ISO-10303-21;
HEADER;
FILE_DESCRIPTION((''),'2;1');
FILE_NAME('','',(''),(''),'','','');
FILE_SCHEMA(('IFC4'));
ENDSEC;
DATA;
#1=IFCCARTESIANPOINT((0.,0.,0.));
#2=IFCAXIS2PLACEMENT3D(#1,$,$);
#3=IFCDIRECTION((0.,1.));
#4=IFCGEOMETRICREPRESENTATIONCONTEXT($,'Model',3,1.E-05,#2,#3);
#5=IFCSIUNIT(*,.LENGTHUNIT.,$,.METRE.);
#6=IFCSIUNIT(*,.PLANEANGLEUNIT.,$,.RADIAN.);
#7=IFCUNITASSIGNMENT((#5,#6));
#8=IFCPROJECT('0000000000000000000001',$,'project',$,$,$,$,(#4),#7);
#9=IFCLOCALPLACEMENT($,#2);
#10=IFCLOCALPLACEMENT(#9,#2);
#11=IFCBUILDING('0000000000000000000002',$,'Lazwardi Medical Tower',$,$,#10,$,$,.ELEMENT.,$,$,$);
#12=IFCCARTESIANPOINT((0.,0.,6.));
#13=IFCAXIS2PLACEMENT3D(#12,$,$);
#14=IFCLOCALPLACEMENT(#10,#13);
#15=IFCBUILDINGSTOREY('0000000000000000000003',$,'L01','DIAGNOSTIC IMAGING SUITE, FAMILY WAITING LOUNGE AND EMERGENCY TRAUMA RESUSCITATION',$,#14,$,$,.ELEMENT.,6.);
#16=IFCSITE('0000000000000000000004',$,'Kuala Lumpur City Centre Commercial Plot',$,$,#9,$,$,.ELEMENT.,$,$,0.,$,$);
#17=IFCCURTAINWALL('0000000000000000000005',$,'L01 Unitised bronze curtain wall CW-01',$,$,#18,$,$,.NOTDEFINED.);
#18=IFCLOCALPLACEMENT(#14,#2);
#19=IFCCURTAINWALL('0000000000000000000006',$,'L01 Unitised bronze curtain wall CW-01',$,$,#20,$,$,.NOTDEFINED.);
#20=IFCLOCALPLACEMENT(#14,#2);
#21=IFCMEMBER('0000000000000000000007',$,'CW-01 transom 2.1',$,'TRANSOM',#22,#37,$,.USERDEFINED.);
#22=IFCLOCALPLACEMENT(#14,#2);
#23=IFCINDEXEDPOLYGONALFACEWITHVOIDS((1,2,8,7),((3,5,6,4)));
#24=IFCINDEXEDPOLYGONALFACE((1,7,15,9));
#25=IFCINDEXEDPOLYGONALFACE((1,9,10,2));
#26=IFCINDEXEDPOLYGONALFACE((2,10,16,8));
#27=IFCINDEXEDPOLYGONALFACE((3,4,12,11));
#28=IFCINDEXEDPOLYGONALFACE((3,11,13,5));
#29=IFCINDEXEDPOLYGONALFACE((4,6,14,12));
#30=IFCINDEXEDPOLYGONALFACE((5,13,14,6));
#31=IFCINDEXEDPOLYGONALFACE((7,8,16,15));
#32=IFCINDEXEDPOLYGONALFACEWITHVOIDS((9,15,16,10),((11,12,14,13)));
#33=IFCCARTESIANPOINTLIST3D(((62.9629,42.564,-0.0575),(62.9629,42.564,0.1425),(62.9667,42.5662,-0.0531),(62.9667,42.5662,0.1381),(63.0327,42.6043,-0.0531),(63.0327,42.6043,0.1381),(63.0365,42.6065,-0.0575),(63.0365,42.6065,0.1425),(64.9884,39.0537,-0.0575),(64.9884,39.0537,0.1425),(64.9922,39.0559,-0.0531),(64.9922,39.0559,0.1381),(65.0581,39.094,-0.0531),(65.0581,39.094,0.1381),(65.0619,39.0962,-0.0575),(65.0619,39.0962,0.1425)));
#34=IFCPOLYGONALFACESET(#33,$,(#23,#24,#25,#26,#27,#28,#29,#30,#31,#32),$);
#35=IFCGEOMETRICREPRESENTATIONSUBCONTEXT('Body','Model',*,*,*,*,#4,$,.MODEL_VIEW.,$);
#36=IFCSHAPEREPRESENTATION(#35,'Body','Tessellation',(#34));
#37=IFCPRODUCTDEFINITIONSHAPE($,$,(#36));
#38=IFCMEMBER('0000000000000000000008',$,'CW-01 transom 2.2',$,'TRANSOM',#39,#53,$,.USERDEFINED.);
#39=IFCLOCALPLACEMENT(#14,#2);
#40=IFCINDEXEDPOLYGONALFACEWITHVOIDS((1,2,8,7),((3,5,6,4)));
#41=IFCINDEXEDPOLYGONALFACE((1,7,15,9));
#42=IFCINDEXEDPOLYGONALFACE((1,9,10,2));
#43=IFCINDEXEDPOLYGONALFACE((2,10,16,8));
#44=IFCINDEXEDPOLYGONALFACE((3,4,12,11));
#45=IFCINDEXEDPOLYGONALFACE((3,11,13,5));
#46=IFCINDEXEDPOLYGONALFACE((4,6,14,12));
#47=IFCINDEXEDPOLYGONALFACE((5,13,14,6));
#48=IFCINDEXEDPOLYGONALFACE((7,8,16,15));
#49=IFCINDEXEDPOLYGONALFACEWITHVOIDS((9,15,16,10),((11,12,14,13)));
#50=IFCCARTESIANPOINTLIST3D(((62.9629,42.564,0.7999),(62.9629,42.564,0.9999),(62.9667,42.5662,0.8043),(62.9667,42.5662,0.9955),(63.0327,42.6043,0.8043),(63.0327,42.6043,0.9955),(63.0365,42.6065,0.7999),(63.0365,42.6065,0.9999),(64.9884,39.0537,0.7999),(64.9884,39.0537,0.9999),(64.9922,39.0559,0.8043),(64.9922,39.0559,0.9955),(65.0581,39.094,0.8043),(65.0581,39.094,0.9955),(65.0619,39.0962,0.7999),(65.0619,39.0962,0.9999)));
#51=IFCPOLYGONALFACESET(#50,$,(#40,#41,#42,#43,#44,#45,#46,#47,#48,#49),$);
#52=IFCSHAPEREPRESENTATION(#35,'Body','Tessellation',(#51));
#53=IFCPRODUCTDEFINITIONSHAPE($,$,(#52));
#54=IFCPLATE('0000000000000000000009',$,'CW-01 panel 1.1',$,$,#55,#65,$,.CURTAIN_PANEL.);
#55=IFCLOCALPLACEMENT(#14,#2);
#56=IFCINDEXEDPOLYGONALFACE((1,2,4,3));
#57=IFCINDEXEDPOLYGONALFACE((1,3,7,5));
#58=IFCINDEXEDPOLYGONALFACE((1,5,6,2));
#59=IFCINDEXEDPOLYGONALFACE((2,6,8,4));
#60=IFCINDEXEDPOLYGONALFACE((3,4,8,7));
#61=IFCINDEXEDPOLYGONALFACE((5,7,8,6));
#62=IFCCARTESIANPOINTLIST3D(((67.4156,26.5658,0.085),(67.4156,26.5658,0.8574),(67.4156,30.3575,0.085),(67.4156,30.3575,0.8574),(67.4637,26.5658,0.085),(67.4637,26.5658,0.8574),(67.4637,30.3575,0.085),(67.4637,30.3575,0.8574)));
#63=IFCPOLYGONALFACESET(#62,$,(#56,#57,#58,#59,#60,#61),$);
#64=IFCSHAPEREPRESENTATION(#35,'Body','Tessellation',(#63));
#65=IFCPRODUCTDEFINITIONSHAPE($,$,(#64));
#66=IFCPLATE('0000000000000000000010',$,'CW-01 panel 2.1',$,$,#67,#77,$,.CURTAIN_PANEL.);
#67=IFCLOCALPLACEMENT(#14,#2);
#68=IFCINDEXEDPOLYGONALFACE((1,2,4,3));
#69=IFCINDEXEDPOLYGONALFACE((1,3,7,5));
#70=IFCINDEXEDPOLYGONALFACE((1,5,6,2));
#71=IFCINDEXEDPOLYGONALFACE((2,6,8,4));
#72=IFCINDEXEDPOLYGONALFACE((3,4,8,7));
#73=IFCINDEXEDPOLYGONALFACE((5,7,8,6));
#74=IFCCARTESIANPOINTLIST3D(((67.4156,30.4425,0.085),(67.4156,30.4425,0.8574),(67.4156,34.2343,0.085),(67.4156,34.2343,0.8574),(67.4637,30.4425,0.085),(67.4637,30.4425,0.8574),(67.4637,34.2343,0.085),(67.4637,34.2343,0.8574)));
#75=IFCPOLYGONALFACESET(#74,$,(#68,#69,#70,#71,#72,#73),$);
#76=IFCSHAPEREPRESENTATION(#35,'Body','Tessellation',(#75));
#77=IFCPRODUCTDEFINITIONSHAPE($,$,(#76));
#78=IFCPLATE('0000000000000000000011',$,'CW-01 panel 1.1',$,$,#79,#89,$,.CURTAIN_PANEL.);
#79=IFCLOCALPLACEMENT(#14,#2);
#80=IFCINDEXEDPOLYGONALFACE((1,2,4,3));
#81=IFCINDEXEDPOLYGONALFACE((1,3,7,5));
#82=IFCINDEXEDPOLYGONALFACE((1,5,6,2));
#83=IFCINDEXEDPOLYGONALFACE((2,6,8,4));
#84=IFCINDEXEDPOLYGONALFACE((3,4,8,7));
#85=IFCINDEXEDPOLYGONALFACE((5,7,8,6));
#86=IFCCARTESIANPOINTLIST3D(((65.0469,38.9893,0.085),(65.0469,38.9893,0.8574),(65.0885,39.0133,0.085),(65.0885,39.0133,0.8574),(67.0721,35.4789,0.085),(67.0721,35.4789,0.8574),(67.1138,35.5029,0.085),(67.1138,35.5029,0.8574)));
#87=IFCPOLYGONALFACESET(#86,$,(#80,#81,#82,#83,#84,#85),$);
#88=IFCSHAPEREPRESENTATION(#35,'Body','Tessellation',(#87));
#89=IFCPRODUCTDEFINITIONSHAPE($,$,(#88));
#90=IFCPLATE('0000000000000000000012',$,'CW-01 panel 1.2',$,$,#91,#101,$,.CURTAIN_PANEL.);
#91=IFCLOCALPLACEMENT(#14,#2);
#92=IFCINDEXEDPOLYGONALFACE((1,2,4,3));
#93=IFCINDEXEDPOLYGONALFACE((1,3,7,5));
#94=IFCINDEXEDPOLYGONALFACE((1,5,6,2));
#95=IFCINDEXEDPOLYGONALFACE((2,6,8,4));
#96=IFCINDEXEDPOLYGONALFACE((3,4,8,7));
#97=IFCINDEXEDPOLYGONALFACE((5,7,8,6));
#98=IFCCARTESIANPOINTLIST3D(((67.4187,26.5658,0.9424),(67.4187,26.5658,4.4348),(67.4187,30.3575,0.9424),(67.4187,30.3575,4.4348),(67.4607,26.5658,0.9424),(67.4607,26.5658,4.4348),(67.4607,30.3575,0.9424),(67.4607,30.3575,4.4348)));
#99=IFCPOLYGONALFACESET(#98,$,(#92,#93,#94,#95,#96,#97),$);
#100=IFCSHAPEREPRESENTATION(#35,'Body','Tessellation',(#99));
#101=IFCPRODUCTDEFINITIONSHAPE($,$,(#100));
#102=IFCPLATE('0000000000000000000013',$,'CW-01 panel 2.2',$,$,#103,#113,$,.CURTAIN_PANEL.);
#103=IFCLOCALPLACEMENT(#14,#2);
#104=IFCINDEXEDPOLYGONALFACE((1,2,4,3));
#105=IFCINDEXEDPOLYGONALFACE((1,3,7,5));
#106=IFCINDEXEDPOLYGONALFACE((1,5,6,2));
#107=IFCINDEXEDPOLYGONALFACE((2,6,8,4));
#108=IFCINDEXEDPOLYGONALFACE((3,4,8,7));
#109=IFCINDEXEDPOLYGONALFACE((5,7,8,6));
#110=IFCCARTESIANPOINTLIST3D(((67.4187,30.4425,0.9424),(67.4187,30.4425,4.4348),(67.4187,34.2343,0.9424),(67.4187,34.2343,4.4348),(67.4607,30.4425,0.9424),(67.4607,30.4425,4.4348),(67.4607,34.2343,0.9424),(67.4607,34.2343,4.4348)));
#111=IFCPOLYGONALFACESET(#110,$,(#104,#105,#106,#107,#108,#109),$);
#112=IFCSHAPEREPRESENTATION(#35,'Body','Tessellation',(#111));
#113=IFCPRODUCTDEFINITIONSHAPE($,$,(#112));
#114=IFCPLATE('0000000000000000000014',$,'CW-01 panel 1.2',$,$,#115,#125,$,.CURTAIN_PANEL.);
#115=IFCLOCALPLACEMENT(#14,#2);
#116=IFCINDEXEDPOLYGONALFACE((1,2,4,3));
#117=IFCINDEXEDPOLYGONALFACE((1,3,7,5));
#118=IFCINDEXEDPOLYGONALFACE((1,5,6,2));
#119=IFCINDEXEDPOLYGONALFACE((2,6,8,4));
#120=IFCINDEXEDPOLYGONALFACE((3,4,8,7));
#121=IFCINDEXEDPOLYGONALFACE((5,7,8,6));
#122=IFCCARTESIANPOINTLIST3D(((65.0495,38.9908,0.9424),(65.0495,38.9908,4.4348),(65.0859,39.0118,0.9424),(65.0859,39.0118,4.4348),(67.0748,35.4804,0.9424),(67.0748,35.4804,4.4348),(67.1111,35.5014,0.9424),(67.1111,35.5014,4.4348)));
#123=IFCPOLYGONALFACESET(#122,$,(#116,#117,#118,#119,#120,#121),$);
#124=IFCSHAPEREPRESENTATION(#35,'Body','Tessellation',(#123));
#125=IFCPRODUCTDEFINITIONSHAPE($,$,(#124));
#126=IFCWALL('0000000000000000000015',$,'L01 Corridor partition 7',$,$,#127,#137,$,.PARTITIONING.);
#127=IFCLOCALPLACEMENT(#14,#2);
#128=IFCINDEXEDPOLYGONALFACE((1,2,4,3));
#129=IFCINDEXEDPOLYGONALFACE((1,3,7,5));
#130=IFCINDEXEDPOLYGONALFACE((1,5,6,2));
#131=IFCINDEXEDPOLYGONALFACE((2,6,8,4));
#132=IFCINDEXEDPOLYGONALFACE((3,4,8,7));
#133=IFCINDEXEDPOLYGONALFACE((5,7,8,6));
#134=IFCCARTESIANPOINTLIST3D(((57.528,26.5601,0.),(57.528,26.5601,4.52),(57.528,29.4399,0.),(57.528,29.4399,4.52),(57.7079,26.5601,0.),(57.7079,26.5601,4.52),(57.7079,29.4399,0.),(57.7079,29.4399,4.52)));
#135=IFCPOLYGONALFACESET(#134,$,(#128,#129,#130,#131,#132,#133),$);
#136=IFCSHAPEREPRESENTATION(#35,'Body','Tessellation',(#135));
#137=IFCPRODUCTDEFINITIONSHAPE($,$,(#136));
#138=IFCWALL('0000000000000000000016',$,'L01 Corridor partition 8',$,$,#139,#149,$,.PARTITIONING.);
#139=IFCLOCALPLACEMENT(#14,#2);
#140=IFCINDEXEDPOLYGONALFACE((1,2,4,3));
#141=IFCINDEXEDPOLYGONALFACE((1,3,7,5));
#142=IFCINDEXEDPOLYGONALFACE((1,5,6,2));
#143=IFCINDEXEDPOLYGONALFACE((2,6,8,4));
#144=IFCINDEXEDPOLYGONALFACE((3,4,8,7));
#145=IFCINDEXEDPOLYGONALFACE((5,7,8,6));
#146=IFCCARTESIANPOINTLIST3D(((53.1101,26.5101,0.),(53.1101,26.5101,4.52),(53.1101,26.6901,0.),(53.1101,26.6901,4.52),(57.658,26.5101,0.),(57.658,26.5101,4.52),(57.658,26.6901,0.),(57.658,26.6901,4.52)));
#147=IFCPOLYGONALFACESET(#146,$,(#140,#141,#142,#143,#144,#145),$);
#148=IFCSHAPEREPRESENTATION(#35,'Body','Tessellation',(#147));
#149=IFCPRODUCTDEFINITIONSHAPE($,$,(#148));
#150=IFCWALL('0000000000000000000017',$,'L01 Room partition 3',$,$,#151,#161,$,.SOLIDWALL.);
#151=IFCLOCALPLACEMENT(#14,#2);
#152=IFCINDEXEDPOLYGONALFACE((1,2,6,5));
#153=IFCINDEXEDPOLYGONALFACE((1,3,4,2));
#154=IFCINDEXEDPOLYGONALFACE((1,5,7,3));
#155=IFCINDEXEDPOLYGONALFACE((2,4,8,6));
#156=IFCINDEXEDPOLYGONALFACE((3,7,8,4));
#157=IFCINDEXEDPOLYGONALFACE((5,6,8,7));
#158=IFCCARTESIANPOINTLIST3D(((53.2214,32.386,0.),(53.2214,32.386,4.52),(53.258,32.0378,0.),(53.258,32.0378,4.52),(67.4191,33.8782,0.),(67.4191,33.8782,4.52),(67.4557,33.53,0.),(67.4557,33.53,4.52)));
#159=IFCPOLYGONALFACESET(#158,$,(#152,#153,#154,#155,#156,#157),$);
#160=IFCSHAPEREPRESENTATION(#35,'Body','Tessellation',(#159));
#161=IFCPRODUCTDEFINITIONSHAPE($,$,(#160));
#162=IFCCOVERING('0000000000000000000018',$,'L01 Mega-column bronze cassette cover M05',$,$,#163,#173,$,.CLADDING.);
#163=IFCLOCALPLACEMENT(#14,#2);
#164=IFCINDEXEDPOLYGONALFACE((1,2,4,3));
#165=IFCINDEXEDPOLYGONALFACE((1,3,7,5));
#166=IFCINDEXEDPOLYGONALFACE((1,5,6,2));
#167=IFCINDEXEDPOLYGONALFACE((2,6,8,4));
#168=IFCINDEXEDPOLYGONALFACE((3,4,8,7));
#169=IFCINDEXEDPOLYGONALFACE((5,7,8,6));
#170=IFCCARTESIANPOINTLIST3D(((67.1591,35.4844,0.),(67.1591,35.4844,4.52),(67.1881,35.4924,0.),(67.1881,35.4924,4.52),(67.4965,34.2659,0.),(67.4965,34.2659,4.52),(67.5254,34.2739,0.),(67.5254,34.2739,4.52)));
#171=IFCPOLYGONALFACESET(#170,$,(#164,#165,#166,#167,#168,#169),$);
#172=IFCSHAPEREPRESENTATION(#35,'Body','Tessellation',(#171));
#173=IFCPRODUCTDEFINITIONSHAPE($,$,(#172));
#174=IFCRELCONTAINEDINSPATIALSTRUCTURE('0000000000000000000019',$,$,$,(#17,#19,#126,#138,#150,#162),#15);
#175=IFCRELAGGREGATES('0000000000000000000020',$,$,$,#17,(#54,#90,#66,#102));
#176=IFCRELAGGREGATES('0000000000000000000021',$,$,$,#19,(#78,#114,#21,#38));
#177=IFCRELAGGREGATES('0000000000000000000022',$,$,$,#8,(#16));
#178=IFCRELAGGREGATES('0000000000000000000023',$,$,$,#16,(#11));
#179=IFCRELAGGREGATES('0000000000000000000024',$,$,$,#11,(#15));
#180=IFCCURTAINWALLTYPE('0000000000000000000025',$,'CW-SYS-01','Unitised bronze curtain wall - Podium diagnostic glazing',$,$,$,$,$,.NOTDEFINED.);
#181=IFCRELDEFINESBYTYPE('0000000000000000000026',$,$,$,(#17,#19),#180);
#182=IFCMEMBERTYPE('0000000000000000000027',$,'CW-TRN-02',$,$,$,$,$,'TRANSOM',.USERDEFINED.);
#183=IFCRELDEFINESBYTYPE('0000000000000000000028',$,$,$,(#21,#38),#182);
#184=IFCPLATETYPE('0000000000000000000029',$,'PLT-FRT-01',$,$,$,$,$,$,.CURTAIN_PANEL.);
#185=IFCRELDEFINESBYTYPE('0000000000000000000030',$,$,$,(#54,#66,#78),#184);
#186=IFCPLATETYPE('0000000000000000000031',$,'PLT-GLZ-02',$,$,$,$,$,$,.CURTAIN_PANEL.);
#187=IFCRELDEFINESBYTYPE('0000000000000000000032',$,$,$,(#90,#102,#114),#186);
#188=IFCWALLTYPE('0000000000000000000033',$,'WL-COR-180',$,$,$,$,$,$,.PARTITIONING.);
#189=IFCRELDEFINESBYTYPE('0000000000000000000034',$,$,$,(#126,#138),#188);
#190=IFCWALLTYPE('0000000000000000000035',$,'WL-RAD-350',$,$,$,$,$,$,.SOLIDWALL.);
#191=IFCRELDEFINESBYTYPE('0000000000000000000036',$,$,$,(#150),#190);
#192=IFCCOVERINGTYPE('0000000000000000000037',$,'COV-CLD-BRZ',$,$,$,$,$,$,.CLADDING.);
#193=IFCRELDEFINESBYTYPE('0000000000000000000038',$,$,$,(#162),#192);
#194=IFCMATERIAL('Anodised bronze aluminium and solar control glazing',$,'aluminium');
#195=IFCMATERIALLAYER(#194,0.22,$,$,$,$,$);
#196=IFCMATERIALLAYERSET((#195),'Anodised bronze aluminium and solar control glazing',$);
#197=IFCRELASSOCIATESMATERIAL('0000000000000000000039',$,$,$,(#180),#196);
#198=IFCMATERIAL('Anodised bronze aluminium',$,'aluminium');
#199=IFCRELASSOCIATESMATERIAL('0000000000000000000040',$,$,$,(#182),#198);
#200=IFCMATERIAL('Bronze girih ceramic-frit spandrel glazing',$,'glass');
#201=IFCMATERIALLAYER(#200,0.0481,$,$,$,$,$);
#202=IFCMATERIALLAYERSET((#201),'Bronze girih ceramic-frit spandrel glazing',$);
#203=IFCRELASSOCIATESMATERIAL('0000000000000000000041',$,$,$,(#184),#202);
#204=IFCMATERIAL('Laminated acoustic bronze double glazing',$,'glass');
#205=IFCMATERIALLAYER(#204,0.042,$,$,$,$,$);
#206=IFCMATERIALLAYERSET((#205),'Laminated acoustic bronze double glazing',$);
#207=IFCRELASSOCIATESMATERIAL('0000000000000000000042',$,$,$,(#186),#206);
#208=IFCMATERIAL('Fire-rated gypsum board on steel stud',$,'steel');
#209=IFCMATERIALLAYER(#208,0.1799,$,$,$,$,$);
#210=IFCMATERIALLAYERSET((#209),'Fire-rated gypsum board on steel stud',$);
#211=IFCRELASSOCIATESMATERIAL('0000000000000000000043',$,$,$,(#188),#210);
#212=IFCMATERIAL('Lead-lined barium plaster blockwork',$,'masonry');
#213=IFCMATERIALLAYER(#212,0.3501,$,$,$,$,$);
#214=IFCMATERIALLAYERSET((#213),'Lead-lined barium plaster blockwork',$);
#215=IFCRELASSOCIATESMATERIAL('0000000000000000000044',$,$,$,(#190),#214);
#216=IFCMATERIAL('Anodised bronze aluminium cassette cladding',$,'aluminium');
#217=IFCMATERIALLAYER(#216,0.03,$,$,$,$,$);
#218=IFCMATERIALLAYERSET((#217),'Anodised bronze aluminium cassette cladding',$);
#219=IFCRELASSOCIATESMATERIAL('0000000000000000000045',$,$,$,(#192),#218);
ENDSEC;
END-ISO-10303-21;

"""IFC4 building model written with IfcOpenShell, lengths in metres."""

from ifc_helpers import new_model, si_unit, direction, frame, frame_2d, origin, origin_2d, place, context, subcontext, project, spatial, rectangle, hollow_rectangle, extrude, material, layer, layer_set, material_profile, profile_set, type_object, element, aggregate, save


model = new_model("IFC4")

# Units and contexts
model_context = context("Model", 3, precision=1e-05, world=origin(), true_north=direction((0.0, 1.0)))
body_context = subcontext(model_context, "Body", "Model", "MODEL_VIEW")
ifc_project = project(units=[si_unit("LENGTHUNIT", "METRE"), si_unit("PLANEANGLEUNIT", "RADIAN")], contexts=[model_context])

# Site, building, storey
site_placement = place(None, origin())
site = spatial("IfcSite", under=ifc_project, at=site_placement, Name="Kuala Lumpur City Centre Commercial Plot", CompositionType="ELEMENT", RefElevation=0.0)
building_placement = place(site_placement, origin())
building = spatial("IfcBuilding", under=site, at=building_placement, Name="Lazwardi Medical Tower", CompositionType="ELEMENT")
storey_placement = place(building_placement, frame((0.0, 0.0, 6.0)))
storey = spatial("IfcBuildingStorey", under=building, at=storey_placement, Name="L01", Description="DIAGNOSTIC IMAGING SUITE, FAMILY WAITING LOUNGE AND EMERGENCY TRAUMA RESUSCITATION", CompositionType="ELEMENT", Elevation=6.0)

# Curtain walls
ifc_material_1 = material(Name="Anodised bronze aluminium and solar control glazing", Category="aluminium")
ifc_layer_1 = layer(ifc_material_1, 0.22)
ifc_layer_set_1 = layer_set([ifc_layer_1], Name="Anodised bronze aluminium and solar control glazing")
curtain_wall_type = type_object("IfcCurtainWallType", Name="CW-SYS-01", Description="Unitised bronze curtain wall - Podium diagnostic glazing", PredefinedType="NOTDEFINED", material=ifc_layer_set_1)
curtain_wall_1_placement = place(storey_placement, origin())
curtain_wall_1 = element("IfcCurtainWall", 1, at=curtain_wall_1_placement, inside=storey, type_object=curtain_wall_type, Name="L01 Unitised bronze curtain wall CW-01", PredefinedType="NOTDEFINED")
ifc_material_2 = material(Name="Anodised bronze aluminium", Category="aluminium")
curtain_wall_2_placement = place(storey_placement, origin())
curtain_wall_2 = element("IfcCurtainWall", 2, at=curtain_wall_2_placement, inside=storey, type_object=curtain_wall_type, Name="L01 Unitised bronze curtain wall CW-01", PredefinedType="NOTDEFINED")

# Members
ifc_material_profile_1 = material_profile(ifc_material_2, hollow_rectangle(XDim=0.085, YDim=0.2, WallThickness=0.0044, at=origin_2d()), Name="ALU-TRANSOM 200x85x4.5")
ifc_profile_set_1 = profile_set([ifc_material_profile_1], Name="Anodised bronze aluminium")
member_type_1 = type_object("IfcMemberType", Name="CW-TRN-02", ElementType="TRANSOM", PredefinedType="USERDEFINED", material=ifc_profile_set_1)
member_1_placement = place(storey_placement, frame((65.0251, 39.075, 0.0425), z_axis=(-0.499768, 0.86616, 0.0), x_axis=(-0.86616, -0.499768, 0.0)))
member_1 = element("IfcMember", 3, at=member_1_placement, type_object=member_type_1, Name="CW-01 transom 2.1", ObjectType="TRANSOM", PredefinedType="USERDEFINED", context=body_context, shape_type="SweptSolid", body=[
    extrude(hollow_rectangle(XDim=0.085, YDim=0.2, WallThickness=0.0044, at=origin_2d()), origin(), (0.0, 0.0, 1.0), 4.0527),
])
member_2_placement = place(storey_placement, frame((65.0251, 39.075, 0.8999), z_axis=(-0.499768, 0.86616, 0.0), x_axis=(-0.86616, -0.499768, 0.0)))
member_2 = element("IfcMember", 4, at=member_2_placement, type_object=member_type_1, Name="CW-01 transom 2.2", ObjectType="TRANSOM", PredefinedType="USERDEFINED", context=body_context, shape_type="SweptSolid", body=[
    extrude(hollow_rectangle(XDim=0.085, YDim=0.2, WallThickness=0.0044, at=origin_2d()), origin(), (0.0, 0.0, 1.0), 4.0527),
])

# Plates
ifc_material_3 = material(Name="Bronze girih ceramic-frit spandrel glazing", Category="glass")
ifc_layer_2 = layer(ifc_material_3, 0.0481)
ifc_layer_set_2 = layer_set([ifc_layer_2], Name="Bronze girih ceramic-frit spandrel glazing")
plate_type_1 = type_object("IfcPlateType", Name="PLT-FRT-01", PredefinedType="CURTAIN_PANEL", material=ifc_layer_set_2)
plate_1_placement = place(storey_placement, frame((67.4397, 28.4617, 0.085), z_axis=(0.0, 0.0, 1.0), x_axis=(0.0, 1.0, 0.0)))
plate_1 = element("IfcPlate", 5, at=plate_1_placement, type_object=plate_type_1, Name="CW-01 panel 1.1", PredefinedType="CURTAIN_PANEL", context=body_context, shape_type="SweptSolid", body=[
    extrude(rectangle(XDim=3.7917, YDim=0.0481, at=origin_2d()), origin(), (0.0, 0.0, 1.0), 0.7725),
])
plate_2_placement = place(storey_placement, frame((67.4397, 32.3384, 0.085), z_axis=(0.0, 0.0, 1.0), x_axis=(0.0, 1.0, 0.0)))
plate_2 = element("IfcPlate", 6, at=plate_2_placement, type_object=plate_type_1, Name="CW-01 panel 2.1", PredefinedType="CURTAIN_PANEL", context=body_context, shape_type="SweptSolid", body=[
    extrude(rectangle(XDim=3.7917, YDim=0.0481, at=origin_2d()), origin(), (0.0, 0.0, 1.0), 0.7725),
])
plate_3_placement = place(storey_placement, frame((66.0803, 37.2461, 0.085), z_axis=(0.0, 0.0, 1.0), x_axis=(-0.499731, 0.866181, 0.0)))
plate_3 = element("IfcPlate", 7, at=plate_3_placement, type_object=plate_type_1, Name="CW-01 panel 1.1", PredefinedType="CURTAIN_PANEL", context=body_context, shape_type="SweptSolid", body=[
    extrude(rectangle(XDim=4.0527, YDim=0.0481, at=origin_2d()), origin(), (0.0, 0.0, 1.0), 0.7725),
])
ifc_material_4 = material(Name="Laminated acoustic bronze double glazing", Category="glass")
ifc_layer_3 = layer(ifc_material_4, 0.042)
ifc_layer_set_3 = layer_set([ifc_layer_3], Name="Laminated acoustic bronze double glazing")
plate_type_2 = type_object("IfcPlateType", Name="PLT-GLZ-02", PredefinedType="CURTAIN_PANEL", material=ifc_layer_set_3)
plate_4_placement = place(storey_placement, frame((67.4397, 28.4617, 0.9424), z_axis=(0.0, 0.0, 1.0), x_axis=(0.0, 1.0, 0.0)))
plate_4 = element("IfcPlate", 8, at=plate_4_placement, type_object=plate_type_2, Name="CW-01 panel 1.2", PredefinedType="CURTAIN_PANEL", context=body_context, shape_type="SweptSolid", body=[
    extrude(rectangle(XDim=3.7917, YDim=0.042, at=origin_2d()), origin(), (0.0, 0.0, 1.0), 3.4924),
])
plate_5_placement = place(storey_placement, frame((67.4397, 32.3384, 0.9424), z_axis=(0.0, 0.0, 1.0), x_axis=(0.0, 1.0, 0.0)))
plate_5 = element("IfcPlate", 9, at=plate_5_placement, type_object=plate_type_2, Name="CW-01 panel 2.2", PredefinedType="CURTAIN_PANEL", context=body_context, shape_type="SweptSolid", body=[
    extrude(rectangle(XDim=3.7917, YDim=0.042, at=origin_2d()), origin(), (0.0, 0.0, 1.0), 3.4924),
])
aggregate(curtain_wall_1, [plate_1, plate_4, plate_2, plate_5])
plate_6_placement = place(storey_placement, frame((66.0803, 37.2461, 0.9424), z_axis=(0.0, 0.0, 1.0), x_axis=(-0.499731, 0.866181, 0.0)))
plate_6 = element("IfcPlate", 10, at=plate_6_placement, type_object=plate_type_2, Name="CW-01 panel 1.2", PredefinedType="CURTAIN_PANEL", context=body_context, shape_type="SweptSolid", body=[
    extrude(rectangle(XDim=4.0527, YDim=0.042, at=origin_2d()), origin(), (0.0, 0.0, 1.0), 3.4924),
])
aggregate(curtain_wall_2, [plate_3, plate_6, member_1, member_2])

# Walls
ifc_material_5 = material(Name="Fire-rated gypsum board on steel stud", Category="steel")
ifc_layer_4 = layer(ifc_material_5, 0.1799)
ifc_layer_set_4 = layer_set([ifc_layer_4], Name="Fire-rated gypsum board on steel stud")
wall_type_1 = type_object("IfcWallType", Name="WL-COR-180", PredefinedType="PARTITIONING", material=ifc_layer_set_4)
wall_1_placement = place(storey_placement, frame((57.6179, 29.4399, 0.0), z_axis=(0.0, 0.0, 1.0), x_axis=(0.0, -1.0, 0.0)))
element("IfcWall", 11, at=wall_1_placement, inside=storey, type_object=wall_type_1, Name="L01 Corridor partition 7", PredefinedType="PARTITIONING", context=body_context, shape_type="SweptSolid", body=[
    extrude(rectangle(XDim=2.8799, YDim=0.1799, at=frame_2d((1.4399, 0.0))), origin(), (0.0, 0.0, 1.0), 4.52),
])
wall_2_placement = place(storey_placement, frame((57.658, 26.6001, 0.0), z_axis=(0.0, 0.0, 1.0), x_axis=(-1.0, 0.0, 0.0)))
element("IfcWall", 12, at=wall_2_placement, inside=storey, type_object=wall_type_1, Name="L01 Corridor partition 8", PredefinedType="PARTITIONING", context=body_context, shape_type="SweptSolid", body=[
    extrude(rectangle(XDim=4.5479, YDim=0.1799, at=frame_2d((2.2739, 0.0))), origin(), (0.0, 0.0, 1.0), 4.52),
])
ifc_material_6 = material(Name="Lead-lined barium plaster blockwork", Category="masonry")
ifc_layer_5 = layer(ifc_material_6, 0.3501)
ifc_layer_set_5 = layer_set([ifc_layer_5], Name="Lead-lined barium plaster blockwork")
wall_type_2 = type_object("IfcWallType", Name="WL-RAD-350", PredefinedType="SOLIDWALL", material=ifc_layer_set_5)
wall_3_placement = place(storey_placement, frame((53.2397, 32.2119, 0.0), z_axis=(0.0, 0.0, 1.0), x_axis=(0.994522, 0.104525, 0.0)))
element("IfcWall", 13, at=wall_3_placement, inside=storey, type_object=wall_type_2, Name="L01 Room partition 3", PredefinedType="SOLIDWALL", context=body_context, shape_type="SweptSolid", body=[
    extrude(rectangle(XDim=14.2759, YDim=0.3501, at=frame_2d((7.1379, 0.0))), origin(), (0.0, 0.0, 1.0), 4.52),
])

# Covering
ifc_material_7 = material(Name="Anodised bronze aluminium cassette cladding", Category="aluminium")
ifc_layer_6 = layer(ifc_material_7, 0.03)
ifc_layer_set_6 = layer_set([ifc_layer_6], Name="Anodised bronze aluminium cassette cladding")
covering_type = type_object("IfcCoveringType", Name="COV-CLD-BRZ", PredefinedType="CLADDING", material=ifc_layer_set_6)
covering_placement = place(storey_placement, frame((67.3423, 34.8792, 0.0), z_axis=(0.0, 0.0, 1.0), x_axis=(-0.266836, 0.963742, 0.0)))
element("IfcCovering", 14, at=covering_placement, inside=storey, type_object=covering_type, Name="L01 Mega-column bronze cassette cover M05", PredefinedType="CLADDING", context=body_context, shape_type="SweptSolid", body=[
    extrude(rectangle(XDim=1.2644, YDim=0.03, at=origin_2d()), origin(), (0.0, 0.0, 1.0), 4.52),
])

save(model, "model.ifc")
